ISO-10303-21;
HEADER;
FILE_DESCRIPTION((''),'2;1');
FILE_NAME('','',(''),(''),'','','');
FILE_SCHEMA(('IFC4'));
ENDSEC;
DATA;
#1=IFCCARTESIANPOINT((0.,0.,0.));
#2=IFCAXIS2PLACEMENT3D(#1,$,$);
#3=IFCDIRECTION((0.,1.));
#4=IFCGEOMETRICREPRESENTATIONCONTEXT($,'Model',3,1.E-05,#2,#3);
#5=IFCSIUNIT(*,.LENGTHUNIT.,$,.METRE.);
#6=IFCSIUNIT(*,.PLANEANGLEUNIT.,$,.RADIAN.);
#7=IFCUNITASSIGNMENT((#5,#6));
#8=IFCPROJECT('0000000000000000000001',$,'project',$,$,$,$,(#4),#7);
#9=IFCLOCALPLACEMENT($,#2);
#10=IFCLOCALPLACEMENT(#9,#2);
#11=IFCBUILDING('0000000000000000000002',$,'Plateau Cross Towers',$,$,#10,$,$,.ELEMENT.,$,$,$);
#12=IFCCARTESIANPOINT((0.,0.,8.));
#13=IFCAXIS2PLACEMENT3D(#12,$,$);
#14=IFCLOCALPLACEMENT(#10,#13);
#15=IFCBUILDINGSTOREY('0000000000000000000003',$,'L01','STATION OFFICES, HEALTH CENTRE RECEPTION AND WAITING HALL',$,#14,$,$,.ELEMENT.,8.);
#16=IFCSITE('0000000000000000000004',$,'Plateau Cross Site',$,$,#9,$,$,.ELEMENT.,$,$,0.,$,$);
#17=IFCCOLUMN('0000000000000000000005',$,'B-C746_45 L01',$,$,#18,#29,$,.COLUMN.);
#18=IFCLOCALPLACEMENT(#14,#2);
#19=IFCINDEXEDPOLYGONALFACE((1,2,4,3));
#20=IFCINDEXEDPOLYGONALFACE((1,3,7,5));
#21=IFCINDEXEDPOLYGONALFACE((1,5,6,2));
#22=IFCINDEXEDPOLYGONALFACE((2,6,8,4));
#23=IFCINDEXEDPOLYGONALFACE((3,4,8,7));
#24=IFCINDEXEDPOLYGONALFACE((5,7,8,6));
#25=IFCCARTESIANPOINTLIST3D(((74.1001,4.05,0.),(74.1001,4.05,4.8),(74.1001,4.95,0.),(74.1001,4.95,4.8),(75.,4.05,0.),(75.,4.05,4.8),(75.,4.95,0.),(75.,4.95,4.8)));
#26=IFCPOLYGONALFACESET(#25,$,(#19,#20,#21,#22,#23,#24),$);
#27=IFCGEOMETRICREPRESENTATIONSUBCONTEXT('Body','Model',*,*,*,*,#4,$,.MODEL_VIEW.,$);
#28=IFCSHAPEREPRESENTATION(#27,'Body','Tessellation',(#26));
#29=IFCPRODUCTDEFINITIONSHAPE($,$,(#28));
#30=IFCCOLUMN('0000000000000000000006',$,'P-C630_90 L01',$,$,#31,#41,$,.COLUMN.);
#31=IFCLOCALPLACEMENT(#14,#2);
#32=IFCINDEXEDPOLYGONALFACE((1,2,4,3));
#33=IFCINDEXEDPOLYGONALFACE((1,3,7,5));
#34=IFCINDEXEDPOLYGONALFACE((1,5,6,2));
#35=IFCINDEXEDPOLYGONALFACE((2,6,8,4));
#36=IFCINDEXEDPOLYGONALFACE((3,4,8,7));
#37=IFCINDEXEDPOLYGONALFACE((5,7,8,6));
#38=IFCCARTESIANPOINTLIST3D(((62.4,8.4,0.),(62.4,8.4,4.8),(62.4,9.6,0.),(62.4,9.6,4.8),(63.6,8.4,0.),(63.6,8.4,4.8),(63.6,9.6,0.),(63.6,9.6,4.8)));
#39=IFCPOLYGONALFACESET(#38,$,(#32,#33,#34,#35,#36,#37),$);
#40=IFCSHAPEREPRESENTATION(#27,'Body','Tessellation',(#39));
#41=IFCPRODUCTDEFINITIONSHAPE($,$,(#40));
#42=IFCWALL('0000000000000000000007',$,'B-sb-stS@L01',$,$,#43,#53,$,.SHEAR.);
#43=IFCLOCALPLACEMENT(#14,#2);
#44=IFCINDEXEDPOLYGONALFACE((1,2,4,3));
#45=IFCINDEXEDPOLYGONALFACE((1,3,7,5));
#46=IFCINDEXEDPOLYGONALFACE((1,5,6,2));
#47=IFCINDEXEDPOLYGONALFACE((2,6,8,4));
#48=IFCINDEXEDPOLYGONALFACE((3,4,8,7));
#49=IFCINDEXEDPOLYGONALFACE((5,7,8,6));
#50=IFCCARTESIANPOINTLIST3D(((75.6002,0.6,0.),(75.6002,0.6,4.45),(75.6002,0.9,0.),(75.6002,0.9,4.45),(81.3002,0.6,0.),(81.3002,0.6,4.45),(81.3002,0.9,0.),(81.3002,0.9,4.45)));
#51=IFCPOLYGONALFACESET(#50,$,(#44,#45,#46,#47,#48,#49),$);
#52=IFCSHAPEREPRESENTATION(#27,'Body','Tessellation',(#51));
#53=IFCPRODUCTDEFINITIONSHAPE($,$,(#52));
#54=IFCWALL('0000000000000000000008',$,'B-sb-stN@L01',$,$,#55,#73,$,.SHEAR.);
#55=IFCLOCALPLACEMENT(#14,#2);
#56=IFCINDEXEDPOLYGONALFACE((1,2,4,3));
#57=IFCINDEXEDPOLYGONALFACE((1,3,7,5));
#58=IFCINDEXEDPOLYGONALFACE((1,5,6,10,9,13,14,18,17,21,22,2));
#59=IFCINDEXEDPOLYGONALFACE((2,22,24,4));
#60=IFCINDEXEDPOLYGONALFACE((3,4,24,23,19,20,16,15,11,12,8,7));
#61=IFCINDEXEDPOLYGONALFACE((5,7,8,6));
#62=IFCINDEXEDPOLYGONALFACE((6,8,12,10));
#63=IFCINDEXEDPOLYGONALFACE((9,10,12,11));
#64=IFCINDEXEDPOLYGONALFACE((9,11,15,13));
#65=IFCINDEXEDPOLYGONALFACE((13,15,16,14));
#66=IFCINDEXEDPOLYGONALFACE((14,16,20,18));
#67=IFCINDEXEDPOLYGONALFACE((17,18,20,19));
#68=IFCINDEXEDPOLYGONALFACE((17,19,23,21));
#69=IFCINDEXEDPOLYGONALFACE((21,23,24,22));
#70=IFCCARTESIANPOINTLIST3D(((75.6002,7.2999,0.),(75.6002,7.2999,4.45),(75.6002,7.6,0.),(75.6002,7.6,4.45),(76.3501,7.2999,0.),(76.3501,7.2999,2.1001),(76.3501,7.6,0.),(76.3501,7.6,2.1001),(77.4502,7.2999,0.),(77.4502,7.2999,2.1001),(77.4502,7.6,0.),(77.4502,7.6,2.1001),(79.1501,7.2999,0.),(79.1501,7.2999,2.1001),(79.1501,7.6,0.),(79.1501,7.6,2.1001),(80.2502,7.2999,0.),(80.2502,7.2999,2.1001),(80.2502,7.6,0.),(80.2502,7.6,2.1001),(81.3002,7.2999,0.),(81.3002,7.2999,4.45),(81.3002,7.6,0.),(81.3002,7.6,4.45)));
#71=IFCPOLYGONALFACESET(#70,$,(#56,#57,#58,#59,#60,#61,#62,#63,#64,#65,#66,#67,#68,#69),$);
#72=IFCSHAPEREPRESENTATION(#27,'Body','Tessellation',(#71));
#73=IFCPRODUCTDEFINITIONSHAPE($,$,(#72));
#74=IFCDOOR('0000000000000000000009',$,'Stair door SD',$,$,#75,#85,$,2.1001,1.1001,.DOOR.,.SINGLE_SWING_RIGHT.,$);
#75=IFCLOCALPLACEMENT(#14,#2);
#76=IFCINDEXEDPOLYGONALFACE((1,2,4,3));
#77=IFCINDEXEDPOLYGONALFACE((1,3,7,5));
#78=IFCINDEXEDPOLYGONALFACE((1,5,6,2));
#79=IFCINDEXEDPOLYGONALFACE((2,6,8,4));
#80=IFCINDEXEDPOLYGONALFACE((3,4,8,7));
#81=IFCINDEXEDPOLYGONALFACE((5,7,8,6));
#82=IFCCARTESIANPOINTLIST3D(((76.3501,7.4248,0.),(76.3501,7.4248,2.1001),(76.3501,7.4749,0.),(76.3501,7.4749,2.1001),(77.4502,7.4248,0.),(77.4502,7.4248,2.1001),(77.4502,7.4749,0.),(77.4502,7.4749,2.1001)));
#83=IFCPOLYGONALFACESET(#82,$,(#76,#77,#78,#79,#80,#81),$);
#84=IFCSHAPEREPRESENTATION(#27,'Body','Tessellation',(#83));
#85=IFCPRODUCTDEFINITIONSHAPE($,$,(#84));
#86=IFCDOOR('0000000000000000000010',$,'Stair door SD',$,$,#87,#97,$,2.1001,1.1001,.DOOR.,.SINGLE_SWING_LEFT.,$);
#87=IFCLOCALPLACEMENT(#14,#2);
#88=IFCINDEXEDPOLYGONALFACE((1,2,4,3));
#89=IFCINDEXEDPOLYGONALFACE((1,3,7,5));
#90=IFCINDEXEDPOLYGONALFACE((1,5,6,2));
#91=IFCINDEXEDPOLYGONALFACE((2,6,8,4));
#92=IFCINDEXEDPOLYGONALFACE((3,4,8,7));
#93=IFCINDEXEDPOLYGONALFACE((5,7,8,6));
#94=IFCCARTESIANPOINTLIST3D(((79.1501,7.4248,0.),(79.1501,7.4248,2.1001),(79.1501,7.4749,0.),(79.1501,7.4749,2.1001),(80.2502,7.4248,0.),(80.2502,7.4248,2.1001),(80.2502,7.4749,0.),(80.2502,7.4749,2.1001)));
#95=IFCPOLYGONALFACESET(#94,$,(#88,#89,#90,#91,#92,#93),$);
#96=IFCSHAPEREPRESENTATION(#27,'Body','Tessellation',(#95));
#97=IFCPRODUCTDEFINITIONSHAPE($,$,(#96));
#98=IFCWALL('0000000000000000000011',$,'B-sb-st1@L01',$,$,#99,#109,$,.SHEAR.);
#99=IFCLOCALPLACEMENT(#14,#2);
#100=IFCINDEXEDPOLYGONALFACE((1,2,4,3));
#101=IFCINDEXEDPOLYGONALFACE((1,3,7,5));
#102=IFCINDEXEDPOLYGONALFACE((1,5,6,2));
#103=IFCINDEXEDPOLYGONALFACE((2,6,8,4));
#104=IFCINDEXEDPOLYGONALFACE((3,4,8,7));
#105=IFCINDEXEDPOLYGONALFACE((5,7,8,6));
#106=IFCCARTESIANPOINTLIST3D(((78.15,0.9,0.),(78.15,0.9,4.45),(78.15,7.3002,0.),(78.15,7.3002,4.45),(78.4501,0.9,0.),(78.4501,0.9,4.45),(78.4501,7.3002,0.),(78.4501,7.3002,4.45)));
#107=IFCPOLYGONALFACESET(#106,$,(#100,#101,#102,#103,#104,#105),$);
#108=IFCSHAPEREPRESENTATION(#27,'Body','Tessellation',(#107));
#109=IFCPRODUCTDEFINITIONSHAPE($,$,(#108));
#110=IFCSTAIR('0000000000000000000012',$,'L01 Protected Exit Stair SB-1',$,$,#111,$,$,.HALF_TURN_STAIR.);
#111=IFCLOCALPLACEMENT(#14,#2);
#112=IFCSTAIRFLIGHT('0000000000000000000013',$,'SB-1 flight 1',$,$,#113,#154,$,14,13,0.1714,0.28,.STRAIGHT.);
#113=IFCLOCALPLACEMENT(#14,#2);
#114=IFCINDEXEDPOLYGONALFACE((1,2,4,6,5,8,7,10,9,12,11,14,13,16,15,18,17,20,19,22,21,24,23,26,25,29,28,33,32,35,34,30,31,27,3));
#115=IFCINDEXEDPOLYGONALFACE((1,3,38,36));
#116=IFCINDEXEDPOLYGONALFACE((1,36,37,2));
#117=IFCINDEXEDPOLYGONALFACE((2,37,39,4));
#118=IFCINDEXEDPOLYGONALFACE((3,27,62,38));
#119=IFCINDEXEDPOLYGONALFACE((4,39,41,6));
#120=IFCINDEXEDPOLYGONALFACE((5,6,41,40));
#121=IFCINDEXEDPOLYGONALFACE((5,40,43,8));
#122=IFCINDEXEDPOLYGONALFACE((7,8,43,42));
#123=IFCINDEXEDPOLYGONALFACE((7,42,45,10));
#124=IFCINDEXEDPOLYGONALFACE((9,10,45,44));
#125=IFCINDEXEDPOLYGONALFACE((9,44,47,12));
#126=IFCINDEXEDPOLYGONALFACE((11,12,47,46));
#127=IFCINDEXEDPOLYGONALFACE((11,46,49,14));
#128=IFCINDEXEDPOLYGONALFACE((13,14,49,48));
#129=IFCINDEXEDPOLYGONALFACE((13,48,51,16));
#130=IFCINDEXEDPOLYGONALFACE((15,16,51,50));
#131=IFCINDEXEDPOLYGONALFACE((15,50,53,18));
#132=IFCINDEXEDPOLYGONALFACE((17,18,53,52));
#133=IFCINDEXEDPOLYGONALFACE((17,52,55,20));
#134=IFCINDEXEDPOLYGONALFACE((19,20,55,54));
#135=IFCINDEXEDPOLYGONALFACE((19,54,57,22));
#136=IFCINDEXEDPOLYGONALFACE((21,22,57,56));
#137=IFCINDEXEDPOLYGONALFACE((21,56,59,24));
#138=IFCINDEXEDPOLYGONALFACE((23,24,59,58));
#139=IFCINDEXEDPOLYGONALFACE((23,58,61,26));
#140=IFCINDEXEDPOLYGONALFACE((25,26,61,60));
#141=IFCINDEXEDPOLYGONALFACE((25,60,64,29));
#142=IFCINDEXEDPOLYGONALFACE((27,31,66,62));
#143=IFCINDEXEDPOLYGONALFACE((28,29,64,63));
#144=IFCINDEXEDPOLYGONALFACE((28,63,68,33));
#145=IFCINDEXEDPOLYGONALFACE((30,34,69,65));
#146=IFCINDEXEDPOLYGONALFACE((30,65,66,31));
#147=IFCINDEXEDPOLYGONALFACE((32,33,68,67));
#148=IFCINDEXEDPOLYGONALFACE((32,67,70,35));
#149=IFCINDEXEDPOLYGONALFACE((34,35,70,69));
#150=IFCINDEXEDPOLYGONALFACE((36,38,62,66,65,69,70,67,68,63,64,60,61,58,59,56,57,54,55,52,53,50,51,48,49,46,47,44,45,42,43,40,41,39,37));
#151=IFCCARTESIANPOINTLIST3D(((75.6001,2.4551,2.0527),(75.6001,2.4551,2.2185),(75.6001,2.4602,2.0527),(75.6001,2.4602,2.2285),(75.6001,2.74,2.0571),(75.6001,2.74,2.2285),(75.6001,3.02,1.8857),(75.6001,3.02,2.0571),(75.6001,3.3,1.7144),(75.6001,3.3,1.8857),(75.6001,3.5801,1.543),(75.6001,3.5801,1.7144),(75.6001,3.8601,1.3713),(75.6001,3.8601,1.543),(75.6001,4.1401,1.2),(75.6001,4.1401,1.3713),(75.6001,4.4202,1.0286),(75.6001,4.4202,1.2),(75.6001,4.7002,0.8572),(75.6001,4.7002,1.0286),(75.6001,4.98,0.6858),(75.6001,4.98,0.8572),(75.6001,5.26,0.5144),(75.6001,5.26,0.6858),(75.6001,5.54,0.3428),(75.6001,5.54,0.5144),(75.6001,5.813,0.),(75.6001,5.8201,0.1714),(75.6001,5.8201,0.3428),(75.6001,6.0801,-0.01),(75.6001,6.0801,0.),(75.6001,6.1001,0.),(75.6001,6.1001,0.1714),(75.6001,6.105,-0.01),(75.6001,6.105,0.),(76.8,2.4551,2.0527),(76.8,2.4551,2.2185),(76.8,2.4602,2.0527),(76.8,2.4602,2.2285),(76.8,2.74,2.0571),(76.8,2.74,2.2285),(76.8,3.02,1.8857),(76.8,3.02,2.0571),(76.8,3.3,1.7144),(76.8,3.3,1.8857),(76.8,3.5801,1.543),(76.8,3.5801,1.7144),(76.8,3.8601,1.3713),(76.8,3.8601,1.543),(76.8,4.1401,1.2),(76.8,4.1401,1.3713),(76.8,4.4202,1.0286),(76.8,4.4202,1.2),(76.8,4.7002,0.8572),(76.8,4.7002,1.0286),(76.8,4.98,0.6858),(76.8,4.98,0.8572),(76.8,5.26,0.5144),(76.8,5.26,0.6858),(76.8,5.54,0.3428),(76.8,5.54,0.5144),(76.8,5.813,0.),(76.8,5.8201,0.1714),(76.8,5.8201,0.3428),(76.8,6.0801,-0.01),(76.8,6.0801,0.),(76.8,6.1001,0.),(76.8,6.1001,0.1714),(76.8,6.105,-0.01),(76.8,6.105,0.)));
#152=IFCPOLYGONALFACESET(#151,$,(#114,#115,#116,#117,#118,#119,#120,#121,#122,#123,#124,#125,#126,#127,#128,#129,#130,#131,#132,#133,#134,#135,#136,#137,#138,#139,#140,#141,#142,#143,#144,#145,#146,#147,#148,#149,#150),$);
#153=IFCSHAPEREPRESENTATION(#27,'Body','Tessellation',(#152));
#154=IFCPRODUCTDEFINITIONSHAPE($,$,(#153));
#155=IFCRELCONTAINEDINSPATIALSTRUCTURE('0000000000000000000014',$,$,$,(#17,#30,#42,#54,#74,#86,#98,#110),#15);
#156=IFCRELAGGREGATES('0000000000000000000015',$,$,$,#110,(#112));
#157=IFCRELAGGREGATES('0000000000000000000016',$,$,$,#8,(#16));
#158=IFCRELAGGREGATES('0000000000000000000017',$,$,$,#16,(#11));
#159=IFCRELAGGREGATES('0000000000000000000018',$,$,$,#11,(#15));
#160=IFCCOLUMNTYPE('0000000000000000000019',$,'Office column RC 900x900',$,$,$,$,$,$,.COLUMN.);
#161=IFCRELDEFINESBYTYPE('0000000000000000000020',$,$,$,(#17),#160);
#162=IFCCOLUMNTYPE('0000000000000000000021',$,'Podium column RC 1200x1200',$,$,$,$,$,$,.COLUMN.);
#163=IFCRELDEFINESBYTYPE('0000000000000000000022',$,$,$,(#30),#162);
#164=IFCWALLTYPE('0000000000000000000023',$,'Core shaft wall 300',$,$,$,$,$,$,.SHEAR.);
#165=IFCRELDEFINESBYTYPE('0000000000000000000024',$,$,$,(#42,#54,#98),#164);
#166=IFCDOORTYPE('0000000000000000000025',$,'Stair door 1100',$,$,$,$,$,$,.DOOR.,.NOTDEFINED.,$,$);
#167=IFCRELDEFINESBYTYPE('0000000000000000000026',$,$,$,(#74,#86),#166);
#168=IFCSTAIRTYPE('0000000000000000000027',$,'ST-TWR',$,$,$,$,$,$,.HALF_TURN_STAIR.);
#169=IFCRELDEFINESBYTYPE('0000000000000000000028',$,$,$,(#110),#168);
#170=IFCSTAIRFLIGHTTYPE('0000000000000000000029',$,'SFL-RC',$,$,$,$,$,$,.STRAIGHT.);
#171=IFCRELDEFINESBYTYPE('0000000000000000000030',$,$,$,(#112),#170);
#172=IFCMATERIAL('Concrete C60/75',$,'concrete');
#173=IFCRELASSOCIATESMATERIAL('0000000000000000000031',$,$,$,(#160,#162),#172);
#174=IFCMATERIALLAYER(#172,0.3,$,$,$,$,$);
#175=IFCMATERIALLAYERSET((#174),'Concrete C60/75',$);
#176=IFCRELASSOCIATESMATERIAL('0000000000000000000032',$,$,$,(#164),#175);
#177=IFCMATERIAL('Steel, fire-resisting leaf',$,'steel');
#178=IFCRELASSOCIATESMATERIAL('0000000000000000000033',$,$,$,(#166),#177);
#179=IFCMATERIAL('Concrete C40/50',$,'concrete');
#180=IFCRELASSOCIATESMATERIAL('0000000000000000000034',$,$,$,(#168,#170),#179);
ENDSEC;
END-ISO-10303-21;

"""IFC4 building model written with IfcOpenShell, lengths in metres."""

from ifc_helpers import new_model, si_unit, direction, frame, frame_2d, origin, origin_2d, place, context, subcontext, project, spatial, polyline, rectangle, outline, extrude, material, layer, layer_set, material_profile, profile_set, type_object, element, fill, aggregate, save


model = new_model("IFC4")

# Units and contexts
model_context = context("Model", 3, precision=1e-05, world=origin(), true_north=direction((0.0, 1.0)))
body_context = subcontext(model_context, "Body", "Model", "MODEL_VIEW")
ifc_project = project(units=[si_unit("LENGTHUNIT", "METRE"), si_unit("PLANEANGLEUNIT", "RADIAN")], contexts=[model_context])

# Site, building, storey
site_placement = place(None, origin())
site = spatial("IfcSite", under=ifc_project, at=site_placement, Name="Plateau Cross Site", CompositionType="ELEMENT", RefElevation=0.0)
building_placement = place(site_placement, origin())
building = spatial("IfcBuilding", under=site, at=building_placement, Name="Plateau Cross Towers", CompositionType="ELEMENT")
storey_placement = place(building_placement, frame((0.0, 0.0, 8.0)))
storey = spatial("IfcBuildingStorey", under=building, at=storey_placement, Name="L01", Description="STATION OFFICES, HEALTH CENTRE RECEPTION AND WAITING HALL", CompositionType="ELEMENT", Elevation=8.0)

# Columns
ifc_material_1 = material(Name="Concrete C60/75", Category="concrete")
ifc_material_profile_1 = material_profile(ifc_material_1, rectangle(XDim=0.8999, YDim=0.8999, at=origin_2d()), Name="RC 900x900")
ifc_profile_set_1 = profile_set([ifc_material_profile_1], Name="Concrete C60/75")
column_type_1 = type_object("IfcColumnType", Name="Office column RC 900x900", PredefinedType="COLUMN", material=ifc_profile_set_1)
column_1_placement = place(storey_placement, frame((74.55, 4.5, 0.0), z_axis=(0.0, 0.0, 1.0), x_axis=(1.0, 0.0, 0.0)))
element("IfcColumn", 1, at=column_1_placement, inside=storey, type_object=column_type_1, Name="B-C746_45 L01", PredefinedType="COLUMN", context=body_context, shape_type="SweptSolid", body=[
    extrude(rectangle(XDim=0.8999, YDim=0.8999, at=origin_2d()), origin(), (0.0, 0.0, 1.0), 4.8),
])
ifc_material_profile_2 = material_profile(ifc_material_1, rectangle(XDim=1.2, YDim=1.2, at=origin_2d()), Name="RC 1200x1200")
ifc_profile_set_2 = profile_set([ifc_material_profile_2], Name="Concrete C60/75")
column_type_2 = type_object("IfcColumnType", Name="Podium column RC 1200x1200", PredefinedType="COLUMN", material=ifc_profile_set_2)
column_2_placement = place(storey_placement, frame((63.0, 9.0, 0.0), z_axis=(0.0, 0.0, 1.0), x_axis=(1.0, 0.0, 0.0)))
element("IfcColumn", 2, at=column_2_placement, inside=storey, type_object=column_type_2, Name="P-C630_90 L01", PredefinedType="COLUMN", context=body_context, shape_type="SweptSolid", body=[
    extrude(rectangle(XDim=1.2, YDim=1.2, at=origin_2d()), origin(), (0.0, 0.0, 1.0), 4.8),
])

# Wall
ifc_layer = layer(ifc_material_1, 0.3)
ifc_layer_set = layer_set([ifc_layer], Name="Concrete C60/75")
wall_type = type_object("IfcWallType", Name="Core shaft wall 300", PredefinedType="SHEAR", material=ifc_layer_set)
wall_1_placement = place(storey_placement, frame((75.6001, 0.75, 0.0), z_axis=(0.0, 0.0, 1.0), x_axis=(1.0, 0.0, 0.0)))
element("IfcWall", 3, at=wall_1_placement, inside=storey, type_object=wall_type, Name="B-sb-stS@L01", PredefinedType="SHEAR", context=body_context, shape_type="SweptSolid", body=[
    extrude(rectangle(XDim=5.7, YDim=0.3, at=frame_2d((2.8501, 0.0))), origin(), (0.0, 0.0, 1.0), 4.45),
])

# Wall, openings, doors
wall_2_placement = place(storey_placement, frame((75.6001, 7.45, 0.0), z_axis=(0.0, 0.0, 1.0), x_axis=(1.0, 0.0, 0.0)))
wall_2 = element("IfcWall", 4, at=wall_2_placement, inside=storey, type_object=wall_type, Name="B-sb-stN@L01", PredefinedType="SHEAR", context=body_context, shape_type="SweptSolid", body=[
    extrude(rectangle(XDim=5.7, YDim=0.3, at=frame_2d((2.8501, 0.0))), origin(), (0.0, 0.0, 1.0), 4.45),
])
opening_1_placement = place(wall_2_placement, frame((0.75, 0.0, 0.0)))
opening_1 = element("IfcOpeningElement", 5, at=opening_1_placement, cuts=wall_2, PredefinedType="OPENING", context=body_context, shape_type="SweptSolid", body=[
    extrude(rectangle(XDim=1.1001, YDim=2.1001, at=frame_2d((0.55, 1.05))), frame((0.0, 0.1599, 0.0), z_axis=(0.0, -1.0, 0.0), x_axis=(1.0, 0.0, 0.0)), (0.0, 0.0, 1.0), 0.3201),
])
opening_2_placement = place(wall_2_placement, frame((3.55, 0.0, 0.0)))
opening_2 = element("IfcOpeningElement", 6, at=opening_2_placement, cuts=wall_2, PredefinedType="OPENING", context=body_context, shape_type="SweptSolid", body=[
    extrude(rectangle(XDim=1.1001, YDim=2.1001, at=frame_2d((0.55, 1.05))), frame((0.0, 0.1599, 0.0), z_axis=(0.0, -1.0, 0.0), x_axis=(1.0, 0.0, 0.0)), (0.0, 0.0, 1.0), 0.3201),
])
ifc_material_2 = material(Name="Steel, fire-resisting leaf", Category="steel")
door_type = type_object("IfcDoorType", Name="Stair door 1100", OperationType="NOTDEFINED", PredefinedType="DOOR", material=ifc_material_2)
door_1_placement = place(opening_1_placement, origin())
door_1 = element("IfcDoor", 7, at=door_1_placement, inside=storey, type_object=door_type, Name="Stair door SD", OperationType="SINGLE_SWING_RIGHT", OverallHeight=2.1001, OverallWidth=1.1001, PredefinedType="DOOR", context=body_context, shape_type="SweptSolid", body=[
    extrude(rectangle(XDim=1.1001, YDim=2.1001, at=frame_2d((0.55, 1.05))), frame((0.0, 0.0249, 0.0), z_axis=(0.0, -1.0, 0.0), x_axis=(1.0, 0.0, 0.0)), (0.0, 0.0, 1.0), 0.05),
])
fill(opening_1, door_1)
door_2_placement = place(opening_2_placement, origin())
door_2 = element("IfcDoor", 8, at=door_2_placement, inside=storey, type_object=door_type, Name="Stair door SD", OperationType="SINGLE_SWING_LEFT", OverallHeight=2.1001, OverallWidth=1.1001, PredefinedType="DOOR", context=body_context, shape_type="SweptSolid", body=[
    extrude(rectangle(XDim=1.1001, YDim=2.1001, at=frame_2d((0.55, 1.05))), frame((0.0, 0.0249, 0.0), z_axis=(0.0, -1.0, 0.0), x_axis=(1.0, 0.0, 0.0)), (0.0, 0.0, 1.0), 0.05),
])
fill(opening_2, door_2)

# Wall
wall_3_placement = place(storey_placement, frame((78.3, 0.8999, 0.0), z_axis=(0.0, 0.0, 1.0), x_axis=(0.0, 1.0, 0.0)))
element("IfcWall", 9, at=wall_3_placement, inside=storey, type_object=wall_type, Name="B-sb-st1@L01", PredefinedType="SHEAR", context=body_context, shape_type="SweptSolid", body=[
    extrude(rectangle(XDim=6.4001, YDim=0.3, at=frame_2d((3.2002, 0.0))), origin(), (0.0, 0.0, 1.0), 4.45),
])

# Stair, stair flight
ifc_material_3 = material(Name="Concrete C40/50", Category="concrete")
stair_type = type_object("IfcStairType", Name="ST-TWR", PredefinedType="HALF_TURN_STAIR", material=ifc_material_3)
stair_1_placement = place(storey_placement, origin())
stair_1 = element("IfcStair", 10, at=stair_1_placement, inside=storey, type_object=stair_type, Name="L01 Protected Exit Stair SB-1", PredefinedType="HALF_TURN_STAIR")
stair_flight_type = type_object("IfcStairFlightType", Name="SFL-RC", PredefinedType="STRAIGHT", material=ifc_material_3)
stair_flight_1_placement = place(storey_placement, frame((76.2, 6.1001, 0.0), z_axis=(0.0, 0.0, 1.0), x_axis=(0.0, -1.0, 0.0)))
stair_flight_1 = element("IfcStairFlight", 11, at=stair_flight_1_placement, type_object=stair_flight_type, Name="SB-1 flight 1", NumberOfRisers=14, NumberOfTreads=13, PredefinedType="STRAIGHT", RiserHeight=0.1714, TreadLength=0.28, context=body_context, shape_type="SweptSolid", body=[
    extrude(outline(polyline([(-0.0049, -0.01), (-0.0049, 0.0), (0.0, 0.0), (0.0, 0.1714), (0.28, 0.1714), (0.28, 0.3428), (0.5601, 0.3428), (0.5601, 0.5144), (0.8401, 0.5144), (0.8401, 0.6858), (1.1201, 0.6858), (1.1201, 0.8572), (1.3999, 0.8572), (1.3999, 1.0286), (1.6799, 1.0286), (1.6799, 1.2), (1.96, 1.2), (1.96, 1.3713), (2.24, 1.3713), (2.24, 1.543), (2.52, 1.543), (2.52, 1.7144), (2.8, 1.7144), (2.8, 1.8857), (3.0801, 1.8857), (3.0801, 2.0571), (3.3601, 2.0571), (3.3601, 2.2285), (3.6399, 2.2285), (3.645, 2.2185), (3.645, 2.0527), (3.6399, 2.0527), (0.2871, 0.0), (0.02, 0.0), (0.02, -0.01), (-0.0049, -0.01)])), frame((0.0, 0.6001, 0.0), z_axis=(0.0, -1.0, 0.0), x_axis=(1.0, 0.0, 0.0)), (0.0, 0.0, 1.0), 1.2),
])
aggregate(stair_1, [stair_flight_1])

save(model, "model.ifc")
